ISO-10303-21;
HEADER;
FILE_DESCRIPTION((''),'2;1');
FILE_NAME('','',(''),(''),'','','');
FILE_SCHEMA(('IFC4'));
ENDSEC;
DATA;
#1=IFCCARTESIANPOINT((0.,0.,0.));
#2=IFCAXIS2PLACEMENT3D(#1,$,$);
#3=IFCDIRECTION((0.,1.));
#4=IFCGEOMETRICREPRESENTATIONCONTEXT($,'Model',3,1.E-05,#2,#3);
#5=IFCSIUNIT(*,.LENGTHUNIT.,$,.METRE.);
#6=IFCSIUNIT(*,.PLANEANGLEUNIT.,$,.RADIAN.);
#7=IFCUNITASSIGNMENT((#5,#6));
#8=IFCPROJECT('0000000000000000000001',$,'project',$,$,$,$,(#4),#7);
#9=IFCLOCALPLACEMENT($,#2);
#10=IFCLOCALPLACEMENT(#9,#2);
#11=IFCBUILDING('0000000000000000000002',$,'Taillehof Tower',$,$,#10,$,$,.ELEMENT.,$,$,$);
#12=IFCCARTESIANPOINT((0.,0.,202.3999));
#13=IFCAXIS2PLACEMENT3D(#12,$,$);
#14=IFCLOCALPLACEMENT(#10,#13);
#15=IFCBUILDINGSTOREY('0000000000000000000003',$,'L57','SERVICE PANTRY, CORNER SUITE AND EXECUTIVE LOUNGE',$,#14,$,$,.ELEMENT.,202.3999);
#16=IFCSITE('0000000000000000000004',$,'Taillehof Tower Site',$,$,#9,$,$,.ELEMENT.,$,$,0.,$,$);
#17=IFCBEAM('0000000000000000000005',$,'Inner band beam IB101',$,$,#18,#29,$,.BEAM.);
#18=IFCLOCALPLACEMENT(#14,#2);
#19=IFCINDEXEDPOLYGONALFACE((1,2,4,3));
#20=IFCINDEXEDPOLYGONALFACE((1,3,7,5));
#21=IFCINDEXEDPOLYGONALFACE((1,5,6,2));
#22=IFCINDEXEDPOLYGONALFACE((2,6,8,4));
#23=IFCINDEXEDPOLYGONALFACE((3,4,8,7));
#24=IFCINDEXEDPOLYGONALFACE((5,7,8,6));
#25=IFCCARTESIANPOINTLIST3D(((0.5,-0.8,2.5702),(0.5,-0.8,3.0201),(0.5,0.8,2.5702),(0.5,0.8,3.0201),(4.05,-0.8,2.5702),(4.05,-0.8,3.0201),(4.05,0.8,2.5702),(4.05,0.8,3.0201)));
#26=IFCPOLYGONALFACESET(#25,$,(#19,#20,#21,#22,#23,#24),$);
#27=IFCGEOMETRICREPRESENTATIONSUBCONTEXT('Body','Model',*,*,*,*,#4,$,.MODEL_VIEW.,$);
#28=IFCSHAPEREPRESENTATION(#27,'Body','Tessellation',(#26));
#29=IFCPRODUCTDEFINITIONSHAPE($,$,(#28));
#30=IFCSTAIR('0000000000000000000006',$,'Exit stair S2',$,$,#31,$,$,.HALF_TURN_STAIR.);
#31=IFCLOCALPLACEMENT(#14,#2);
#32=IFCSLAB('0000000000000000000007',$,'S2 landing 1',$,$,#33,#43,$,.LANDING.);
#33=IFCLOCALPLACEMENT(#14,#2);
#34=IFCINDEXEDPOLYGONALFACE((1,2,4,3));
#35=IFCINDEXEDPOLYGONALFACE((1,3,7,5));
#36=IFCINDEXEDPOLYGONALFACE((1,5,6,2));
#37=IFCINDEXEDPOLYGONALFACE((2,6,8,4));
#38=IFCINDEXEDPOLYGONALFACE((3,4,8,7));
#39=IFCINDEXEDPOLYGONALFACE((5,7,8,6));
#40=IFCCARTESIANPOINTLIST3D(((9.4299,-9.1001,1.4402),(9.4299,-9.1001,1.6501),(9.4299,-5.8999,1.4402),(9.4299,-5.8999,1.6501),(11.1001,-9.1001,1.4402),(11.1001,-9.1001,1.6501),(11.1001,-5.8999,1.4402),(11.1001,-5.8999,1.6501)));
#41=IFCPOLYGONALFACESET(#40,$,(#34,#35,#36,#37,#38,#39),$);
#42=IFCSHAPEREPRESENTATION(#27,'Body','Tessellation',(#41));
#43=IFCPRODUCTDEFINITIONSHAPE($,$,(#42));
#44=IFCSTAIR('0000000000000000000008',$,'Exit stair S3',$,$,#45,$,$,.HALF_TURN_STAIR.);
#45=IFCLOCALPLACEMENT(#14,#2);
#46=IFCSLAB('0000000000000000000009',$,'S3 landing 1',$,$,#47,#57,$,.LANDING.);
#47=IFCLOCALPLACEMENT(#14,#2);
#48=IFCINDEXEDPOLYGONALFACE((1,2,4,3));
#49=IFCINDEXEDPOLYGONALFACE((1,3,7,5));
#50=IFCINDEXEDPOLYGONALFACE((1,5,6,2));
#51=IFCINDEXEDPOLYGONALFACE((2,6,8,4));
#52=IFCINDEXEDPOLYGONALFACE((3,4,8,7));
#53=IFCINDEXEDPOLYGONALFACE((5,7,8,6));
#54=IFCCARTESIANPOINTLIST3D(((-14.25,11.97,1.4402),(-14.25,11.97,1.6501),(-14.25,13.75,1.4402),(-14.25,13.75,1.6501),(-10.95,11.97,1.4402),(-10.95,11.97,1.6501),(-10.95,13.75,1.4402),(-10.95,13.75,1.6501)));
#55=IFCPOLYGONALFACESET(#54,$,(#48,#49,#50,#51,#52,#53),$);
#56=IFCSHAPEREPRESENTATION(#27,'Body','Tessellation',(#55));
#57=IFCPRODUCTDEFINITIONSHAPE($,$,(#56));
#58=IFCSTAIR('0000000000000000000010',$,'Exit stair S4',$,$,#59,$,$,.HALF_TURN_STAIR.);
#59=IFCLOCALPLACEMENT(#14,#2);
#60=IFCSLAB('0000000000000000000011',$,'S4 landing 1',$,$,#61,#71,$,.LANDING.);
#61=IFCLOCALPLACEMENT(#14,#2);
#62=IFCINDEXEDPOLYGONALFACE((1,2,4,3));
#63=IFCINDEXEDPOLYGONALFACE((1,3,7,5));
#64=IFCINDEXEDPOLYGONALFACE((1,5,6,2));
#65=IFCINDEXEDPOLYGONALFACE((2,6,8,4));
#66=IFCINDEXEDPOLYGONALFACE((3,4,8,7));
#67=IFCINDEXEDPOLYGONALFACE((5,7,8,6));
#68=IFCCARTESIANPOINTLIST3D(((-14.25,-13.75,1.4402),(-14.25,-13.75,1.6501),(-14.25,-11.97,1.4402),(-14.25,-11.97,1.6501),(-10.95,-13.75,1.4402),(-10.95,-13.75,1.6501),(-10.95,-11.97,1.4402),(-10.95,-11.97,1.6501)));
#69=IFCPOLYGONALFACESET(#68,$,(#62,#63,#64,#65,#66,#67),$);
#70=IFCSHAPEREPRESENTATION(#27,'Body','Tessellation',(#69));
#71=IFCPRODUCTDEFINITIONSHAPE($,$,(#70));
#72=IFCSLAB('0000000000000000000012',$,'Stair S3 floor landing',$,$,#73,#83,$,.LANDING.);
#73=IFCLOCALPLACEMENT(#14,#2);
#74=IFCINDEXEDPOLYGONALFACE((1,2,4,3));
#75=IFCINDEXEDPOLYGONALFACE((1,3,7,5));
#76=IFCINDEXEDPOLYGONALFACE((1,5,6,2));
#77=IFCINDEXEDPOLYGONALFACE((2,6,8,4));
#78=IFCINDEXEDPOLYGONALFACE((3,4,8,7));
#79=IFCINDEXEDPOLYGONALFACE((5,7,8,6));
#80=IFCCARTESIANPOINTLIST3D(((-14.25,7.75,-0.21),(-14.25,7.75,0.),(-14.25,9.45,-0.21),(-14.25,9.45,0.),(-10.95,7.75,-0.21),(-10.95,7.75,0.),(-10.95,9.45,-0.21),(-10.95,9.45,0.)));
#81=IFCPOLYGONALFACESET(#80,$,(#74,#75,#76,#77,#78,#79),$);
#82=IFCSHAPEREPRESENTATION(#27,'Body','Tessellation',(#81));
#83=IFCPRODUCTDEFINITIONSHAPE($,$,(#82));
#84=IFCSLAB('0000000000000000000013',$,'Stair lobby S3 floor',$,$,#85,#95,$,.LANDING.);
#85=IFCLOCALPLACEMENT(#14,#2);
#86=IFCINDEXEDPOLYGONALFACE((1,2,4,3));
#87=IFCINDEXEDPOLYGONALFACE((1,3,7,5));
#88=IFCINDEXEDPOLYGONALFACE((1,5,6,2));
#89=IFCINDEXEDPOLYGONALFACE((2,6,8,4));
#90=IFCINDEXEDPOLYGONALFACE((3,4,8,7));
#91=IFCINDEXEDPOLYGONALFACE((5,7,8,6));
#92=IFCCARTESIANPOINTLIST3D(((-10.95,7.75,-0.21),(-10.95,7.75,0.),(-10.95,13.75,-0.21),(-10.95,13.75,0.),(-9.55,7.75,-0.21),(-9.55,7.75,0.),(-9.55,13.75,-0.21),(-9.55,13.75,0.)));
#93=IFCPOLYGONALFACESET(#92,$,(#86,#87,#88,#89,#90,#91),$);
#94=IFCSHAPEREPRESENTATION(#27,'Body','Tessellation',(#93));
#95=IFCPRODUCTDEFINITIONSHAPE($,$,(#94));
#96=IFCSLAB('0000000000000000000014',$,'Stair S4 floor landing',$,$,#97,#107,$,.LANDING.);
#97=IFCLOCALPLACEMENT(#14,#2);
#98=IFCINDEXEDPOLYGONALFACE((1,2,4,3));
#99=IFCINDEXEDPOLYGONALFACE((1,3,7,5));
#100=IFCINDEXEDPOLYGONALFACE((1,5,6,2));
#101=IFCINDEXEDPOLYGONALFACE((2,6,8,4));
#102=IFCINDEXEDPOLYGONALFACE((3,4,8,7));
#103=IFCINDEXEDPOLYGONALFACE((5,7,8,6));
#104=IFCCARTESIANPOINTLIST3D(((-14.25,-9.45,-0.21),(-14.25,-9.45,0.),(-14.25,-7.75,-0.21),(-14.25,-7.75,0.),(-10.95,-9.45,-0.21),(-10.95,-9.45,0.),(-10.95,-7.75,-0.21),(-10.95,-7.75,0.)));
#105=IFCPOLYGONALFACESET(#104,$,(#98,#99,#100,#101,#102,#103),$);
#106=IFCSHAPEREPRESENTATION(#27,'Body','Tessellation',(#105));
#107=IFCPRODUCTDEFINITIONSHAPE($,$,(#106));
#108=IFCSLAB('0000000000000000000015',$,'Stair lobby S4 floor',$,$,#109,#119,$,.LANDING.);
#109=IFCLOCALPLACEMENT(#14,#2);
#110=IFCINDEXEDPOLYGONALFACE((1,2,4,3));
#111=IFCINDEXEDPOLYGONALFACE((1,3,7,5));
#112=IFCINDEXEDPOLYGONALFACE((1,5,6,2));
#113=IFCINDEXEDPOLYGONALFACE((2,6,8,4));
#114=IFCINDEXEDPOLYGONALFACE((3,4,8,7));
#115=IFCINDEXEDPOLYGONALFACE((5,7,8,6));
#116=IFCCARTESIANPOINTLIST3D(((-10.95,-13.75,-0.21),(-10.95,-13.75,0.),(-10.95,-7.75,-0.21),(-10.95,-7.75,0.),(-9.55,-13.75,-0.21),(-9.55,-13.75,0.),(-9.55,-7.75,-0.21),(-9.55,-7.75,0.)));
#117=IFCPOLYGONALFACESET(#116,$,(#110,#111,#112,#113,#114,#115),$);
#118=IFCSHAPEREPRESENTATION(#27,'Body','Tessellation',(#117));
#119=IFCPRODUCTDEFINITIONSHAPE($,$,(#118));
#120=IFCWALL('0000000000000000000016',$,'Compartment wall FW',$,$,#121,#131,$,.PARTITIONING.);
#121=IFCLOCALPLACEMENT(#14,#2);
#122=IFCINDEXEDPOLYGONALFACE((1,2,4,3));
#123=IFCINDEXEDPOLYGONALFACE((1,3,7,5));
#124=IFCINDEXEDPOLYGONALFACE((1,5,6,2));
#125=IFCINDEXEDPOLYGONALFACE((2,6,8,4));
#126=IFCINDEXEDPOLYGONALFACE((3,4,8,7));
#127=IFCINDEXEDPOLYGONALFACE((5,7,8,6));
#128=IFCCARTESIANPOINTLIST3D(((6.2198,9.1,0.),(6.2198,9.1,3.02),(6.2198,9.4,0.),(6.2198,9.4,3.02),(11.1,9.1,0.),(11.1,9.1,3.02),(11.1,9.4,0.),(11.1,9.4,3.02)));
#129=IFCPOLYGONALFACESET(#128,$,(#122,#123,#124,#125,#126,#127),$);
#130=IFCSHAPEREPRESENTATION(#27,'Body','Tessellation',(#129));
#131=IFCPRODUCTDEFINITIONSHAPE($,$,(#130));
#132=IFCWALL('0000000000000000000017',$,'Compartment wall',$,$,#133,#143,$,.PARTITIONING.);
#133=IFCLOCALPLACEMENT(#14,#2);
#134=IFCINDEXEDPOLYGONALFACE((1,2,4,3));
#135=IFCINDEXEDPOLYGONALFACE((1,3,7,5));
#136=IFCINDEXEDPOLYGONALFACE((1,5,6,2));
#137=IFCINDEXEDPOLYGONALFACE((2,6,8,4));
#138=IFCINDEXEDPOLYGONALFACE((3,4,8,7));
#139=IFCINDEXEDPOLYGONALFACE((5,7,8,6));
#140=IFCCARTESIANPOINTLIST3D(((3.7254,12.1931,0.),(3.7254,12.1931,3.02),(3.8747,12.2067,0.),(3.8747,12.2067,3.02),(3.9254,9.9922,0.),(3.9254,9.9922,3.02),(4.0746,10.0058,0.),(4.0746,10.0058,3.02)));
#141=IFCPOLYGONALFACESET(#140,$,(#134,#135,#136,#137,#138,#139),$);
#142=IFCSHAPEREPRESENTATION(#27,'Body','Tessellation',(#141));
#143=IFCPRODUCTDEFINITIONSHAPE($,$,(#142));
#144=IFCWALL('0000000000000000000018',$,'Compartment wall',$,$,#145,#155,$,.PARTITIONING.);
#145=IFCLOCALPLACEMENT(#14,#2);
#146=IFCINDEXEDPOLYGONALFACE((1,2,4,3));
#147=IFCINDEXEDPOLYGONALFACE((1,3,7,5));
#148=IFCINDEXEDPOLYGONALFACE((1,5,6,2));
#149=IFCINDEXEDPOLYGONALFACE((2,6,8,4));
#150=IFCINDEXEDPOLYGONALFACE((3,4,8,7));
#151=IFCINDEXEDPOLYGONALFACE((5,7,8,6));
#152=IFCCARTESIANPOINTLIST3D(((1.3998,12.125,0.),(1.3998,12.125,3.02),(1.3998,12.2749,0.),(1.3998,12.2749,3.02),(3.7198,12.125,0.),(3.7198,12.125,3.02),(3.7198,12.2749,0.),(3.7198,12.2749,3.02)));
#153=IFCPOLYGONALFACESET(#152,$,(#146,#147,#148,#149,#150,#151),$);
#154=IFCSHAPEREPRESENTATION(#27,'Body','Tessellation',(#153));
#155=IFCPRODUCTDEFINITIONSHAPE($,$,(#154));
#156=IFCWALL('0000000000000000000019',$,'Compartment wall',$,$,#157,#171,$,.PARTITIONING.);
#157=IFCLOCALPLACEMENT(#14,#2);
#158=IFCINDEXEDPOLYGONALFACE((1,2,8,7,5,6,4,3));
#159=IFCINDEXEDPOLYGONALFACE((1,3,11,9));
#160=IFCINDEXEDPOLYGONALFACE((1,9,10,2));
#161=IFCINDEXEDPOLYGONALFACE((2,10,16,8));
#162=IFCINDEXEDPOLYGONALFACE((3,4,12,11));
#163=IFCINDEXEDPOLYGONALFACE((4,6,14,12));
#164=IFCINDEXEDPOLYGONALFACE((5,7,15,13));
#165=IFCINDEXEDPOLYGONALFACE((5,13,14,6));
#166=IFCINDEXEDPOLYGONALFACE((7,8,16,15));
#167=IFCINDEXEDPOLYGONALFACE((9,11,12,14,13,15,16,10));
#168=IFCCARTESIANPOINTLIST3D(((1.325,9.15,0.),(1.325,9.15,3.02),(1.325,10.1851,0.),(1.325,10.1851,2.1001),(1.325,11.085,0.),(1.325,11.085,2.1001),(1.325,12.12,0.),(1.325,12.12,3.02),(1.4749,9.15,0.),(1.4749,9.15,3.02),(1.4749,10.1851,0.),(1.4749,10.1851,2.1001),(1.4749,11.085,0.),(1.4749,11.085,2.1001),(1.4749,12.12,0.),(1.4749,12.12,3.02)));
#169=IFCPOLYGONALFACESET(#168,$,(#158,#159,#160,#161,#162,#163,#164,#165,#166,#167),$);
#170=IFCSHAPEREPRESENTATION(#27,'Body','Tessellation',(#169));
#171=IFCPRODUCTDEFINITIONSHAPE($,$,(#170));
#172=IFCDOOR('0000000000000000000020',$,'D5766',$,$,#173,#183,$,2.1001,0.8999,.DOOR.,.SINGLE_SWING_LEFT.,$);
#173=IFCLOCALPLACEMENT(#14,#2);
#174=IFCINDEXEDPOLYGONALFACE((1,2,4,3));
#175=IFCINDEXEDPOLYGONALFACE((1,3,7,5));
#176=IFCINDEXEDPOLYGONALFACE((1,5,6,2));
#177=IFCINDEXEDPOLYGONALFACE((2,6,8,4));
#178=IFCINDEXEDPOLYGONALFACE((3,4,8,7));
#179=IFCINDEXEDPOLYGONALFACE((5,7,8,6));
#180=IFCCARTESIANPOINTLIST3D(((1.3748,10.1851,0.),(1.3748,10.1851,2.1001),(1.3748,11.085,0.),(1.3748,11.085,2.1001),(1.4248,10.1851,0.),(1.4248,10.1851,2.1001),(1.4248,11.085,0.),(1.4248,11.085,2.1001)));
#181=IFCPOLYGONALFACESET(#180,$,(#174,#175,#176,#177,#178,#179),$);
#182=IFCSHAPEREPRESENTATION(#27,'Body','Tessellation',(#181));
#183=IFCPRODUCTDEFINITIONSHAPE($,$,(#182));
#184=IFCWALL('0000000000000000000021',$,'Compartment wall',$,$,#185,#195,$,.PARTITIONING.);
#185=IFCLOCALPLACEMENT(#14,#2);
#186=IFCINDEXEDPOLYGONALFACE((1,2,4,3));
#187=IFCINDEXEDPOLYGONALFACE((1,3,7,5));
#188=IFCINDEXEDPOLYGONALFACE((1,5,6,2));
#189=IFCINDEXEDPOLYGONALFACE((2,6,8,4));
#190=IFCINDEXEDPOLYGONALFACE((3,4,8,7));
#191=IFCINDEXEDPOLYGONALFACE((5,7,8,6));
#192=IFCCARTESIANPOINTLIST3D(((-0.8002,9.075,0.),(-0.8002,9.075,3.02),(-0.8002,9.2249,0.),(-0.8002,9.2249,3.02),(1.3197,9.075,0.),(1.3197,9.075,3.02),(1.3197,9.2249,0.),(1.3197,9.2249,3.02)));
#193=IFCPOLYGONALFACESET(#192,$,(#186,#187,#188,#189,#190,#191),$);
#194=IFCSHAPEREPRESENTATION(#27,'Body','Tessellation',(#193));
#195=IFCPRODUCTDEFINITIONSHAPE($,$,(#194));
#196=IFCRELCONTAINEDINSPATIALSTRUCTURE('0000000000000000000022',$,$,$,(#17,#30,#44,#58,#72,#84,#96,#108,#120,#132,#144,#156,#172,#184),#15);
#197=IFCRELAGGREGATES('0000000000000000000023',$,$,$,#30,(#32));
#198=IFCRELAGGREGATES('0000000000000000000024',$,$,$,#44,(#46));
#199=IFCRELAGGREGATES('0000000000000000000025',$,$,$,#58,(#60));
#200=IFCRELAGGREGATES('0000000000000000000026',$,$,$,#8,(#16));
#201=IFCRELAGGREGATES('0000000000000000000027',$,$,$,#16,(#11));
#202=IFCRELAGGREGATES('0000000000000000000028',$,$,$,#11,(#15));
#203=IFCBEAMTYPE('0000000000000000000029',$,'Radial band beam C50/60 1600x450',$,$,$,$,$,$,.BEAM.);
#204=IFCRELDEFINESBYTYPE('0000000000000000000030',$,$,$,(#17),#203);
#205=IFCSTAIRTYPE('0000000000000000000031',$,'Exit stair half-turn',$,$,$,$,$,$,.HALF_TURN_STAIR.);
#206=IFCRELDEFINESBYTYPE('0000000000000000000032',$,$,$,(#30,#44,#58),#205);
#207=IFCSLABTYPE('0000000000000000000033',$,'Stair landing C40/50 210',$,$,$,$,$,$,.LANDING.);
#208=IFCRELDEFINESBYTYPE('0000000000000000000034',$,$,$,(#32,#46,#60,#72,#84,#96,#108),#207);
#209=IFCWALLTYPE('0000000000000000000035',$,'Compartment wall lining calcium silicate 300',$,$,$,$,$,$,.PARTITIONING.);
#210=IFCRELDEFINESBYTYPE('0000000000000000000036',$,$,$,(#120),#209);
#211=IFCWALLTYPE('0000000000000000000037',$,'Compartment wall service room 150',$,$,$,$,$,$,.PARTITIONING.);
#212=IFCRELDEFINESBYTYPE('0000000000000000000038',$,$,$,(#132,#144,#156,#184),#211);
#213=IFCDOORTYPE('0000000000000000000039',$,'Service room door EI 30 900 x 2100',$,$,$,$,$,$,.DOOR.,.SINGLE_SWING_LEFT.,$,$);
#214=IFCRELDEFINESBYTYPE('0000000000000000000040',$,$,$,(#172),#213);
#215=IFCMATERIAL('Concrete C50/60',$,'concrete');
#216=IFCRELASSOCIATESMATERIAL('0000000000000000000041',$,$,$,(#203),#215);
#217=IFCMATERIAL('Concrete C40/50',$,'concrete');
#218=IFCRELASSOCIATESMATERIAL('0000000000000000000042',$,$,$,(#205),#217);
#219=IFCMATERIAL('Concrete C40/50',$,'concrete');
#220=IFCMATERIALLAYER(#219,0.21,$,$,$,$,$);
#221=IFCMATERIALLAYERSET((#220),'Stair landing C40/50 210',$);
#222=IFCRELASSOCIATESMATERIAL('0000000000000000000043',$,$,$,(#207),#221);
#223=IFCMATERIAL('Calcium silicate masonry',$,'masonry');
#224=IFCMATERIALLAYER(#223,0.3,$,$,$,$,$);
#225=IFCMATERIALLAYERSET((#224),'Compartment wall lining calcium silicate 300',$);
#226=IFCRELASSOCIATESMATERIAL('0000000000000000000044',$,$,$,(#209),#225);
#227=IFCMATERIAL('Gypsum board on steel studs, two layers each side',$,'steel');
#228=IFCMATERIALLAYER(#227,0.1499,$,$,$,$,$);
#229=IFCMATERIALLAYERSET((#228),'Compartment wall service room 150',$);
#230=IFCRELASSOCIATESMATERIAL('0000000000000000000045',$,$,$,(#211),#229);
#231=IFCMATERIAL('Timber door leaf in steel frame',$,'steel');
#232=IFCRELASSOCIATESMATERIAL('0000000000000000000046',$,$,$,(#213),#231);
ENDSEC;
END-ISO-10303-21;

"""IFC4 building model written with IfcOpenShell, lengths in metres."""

from ifc_helpers import new_model, si_unit, direction, frame, frame_2d, origin, origin_2d, place, context, subcontext, project, spatial, polyline, rectangle, outline, extrude, material, layer, layer_set, material_profile, profile_set, type_object, element, fill, aggregate, save


model = new_model("IFC4")

# Units and contexts
model_context = context("Model", 3, precision=1e-05, world=origin(), true_north=direction((0.0, 1.0)))
body_context = subcontext(model_context, "Body", "Model", "MODEL_VIEW")
ifc_project = project(units=[si_unit("LENGTHUNIT", "METRE"), si_unit("PLANEANGLEUNIT", "RADIAN")], contexts=[model_context])

# Site, building, storey
site_placement = place(None, origin())
site = spatial("IfcSite", under=ifc_project, at=site_placement, Name="Taillehof Tower Site", CompositionType="ELEMENT", RefElevation=0.0)
building_placement = place(site_placement, origin())
building = spatial("IfcBuilding", under=site, at=building_placement, Name="Taillehof Tower", CompositionType="ELEMENT")
storey_placement = place(building_placement, frame((0.0, 0.0, 202.3999)))
storey = spatial("IfcBuildingStorey", under=building, at=storey_placement, Name="L57", Description="SERVICE PANTRY, CORNER SUITE AND EXECUTIVE LOUNGE", CompositionType="ELEMENT", Elevation=202.3999)

# Beam
ifc_material_1 = material(Name="Concrete C50/60", Category="concrete")
ifc_material_profile = material_profile(ifc_material_1, rectangle(XDim=1.6001, YDim=0.45, at=origin_2d()), Name="RC 1600x450")
ifc_profile_set = profile_set([ifc_material_profile], Name="Concrete C50/60")
beam_type = type_object("IfcBeamType", Name="Radial band beam C50/60 1600x450", PredefinedType="BEAM", material=ifc_profile_set)
beam_placement = place(storey_placement, frame((0.5, 0.0, 2.7952), z_axis=(1.0, 0.0, 0.0), x_axis=(0.0, 1.0, 0.0)))
element("IfcBeam", 1, at=beam_placement, inside=storey, type_object=beam_type, Name="Inner band beam IB101", PredefinedType="BEAM", context=body_context, shape_type="SweptSolid", body=[
    extrude(rectangle(XDim=1.6001, YDim=0.45, at=origin_2d()), origin(), (0.0, 0.0, 1.0), 3.55),
])

# Stairs, slabs
ifc_material_2 = material(Name="Concrete C40/50", Category="concrete")
stair_type = type_object("IfcStairType", Name="Exit stair half-turn", PredefinedType="HALF_TURN_STAIR", material=ifc_material_2)
stair_1_placement = place(storey_placement, origin())
stair_1 = element("IfcStair", 2, at=stair_1_placement, inside=storey, type_object=stair_type, Name="Exit stair S2", PredefinedType="HALF_TURN_STAIR")
ifc_material_3 = material(Name="Concrete C40/50", Category="concrete")
ifc_layer_1 = layer(ifc_material_3, 0.21)
ifc_layer_set_1 = layer_set([ifc_layer_1], Name="Stair landing C40/50 210")
slab_type = type_object("IfcSlabType", Name="Stair landing C40/50 210", PredefinedType="LANDING", material=ifc_layer_set_1)
slab_1_placement = place(storey_placement, frame((0.0, 0.0, 1.4402)))
slab_1 = element("IfcSlab", 3, at=slab_1_placement, type_object=slab_type, Name="S2 landing 1", PredefinedType="LANDING", context=body_context, shape_type="SweptSolid", body=[
    extrude(outline(polyline([(9.4299, -5.8999), (11.1001, -5.8999), (11.1001, -9.1001), (9.4299, -9.1001), (9.4299, -5.8999)])), origin(), (0.0, 0.0, 1.0), 0.21),
])
aggregate(stair_1, [slab_1])
stair_2_placement = place(storey_placement, origin())
stair_2 = element("IfcStair", 4, at=stair_2_placement, inside=storey, type_object=stair_type, Name="Exit stair S3", PredefinedType="HALF_TURN_STAIR")
slab_2_placement = place(storey_placement, frame((0.0, 0.0, 1.4402)))
slab_2 = element("IfcSlab", 5, at=slab_2_placement, type_object=slab_type, Name="S3 landing 1", PredefinedType="LANDING", context=body_context, shape_type="SweptSolid", body=[
    extrude(outline(polyline([(-14.25, 11.97), (-14.25, 13.75), (-10.95, 13.75), (-10.95, 11.97), (-14.25, 11.97)])), origin(), (0.0, 0.0, 1.0), 0.21),
])
aggregate(stair_2, [slab_2])
stair_3_placement = place(storey_placement, origin())
stair_3 = element("IfcStair", 6, at=stair_3_placement, inside=storey, type_object=stair_type, Name="Exit stair S4", PredefinedType="HALF_TURN_STAIR")
slab_3_placement = place(storey_placement, frame((0.0, 0.0, 1.4402)))
slab_3 = element("IfcSlab", 7, at=slab_3_placement, type_object=slab_type, Name="S4 landing 1", PredefinedType="LANDING", context=body_context, shape_type="SweptSolid", body=[
    extrude(outline(polyline([(-14.25, -11.97), (-14.25, -13.75), (-10.95, -13.75), (-10.95, -11.97), (-14.25, -11.97)])), origin(), (0.0, 0.0, 1.0), 0.21),
])
aggregate(stair_3, [slab_3])

# Slabs
slab_4_placement = place(storey_placement, frame((0.0, 0.0, -0.21)))
element("IfcSlab", 8, at=slab_4_placement, inside=storey, type_object=slab_type, Name="Stair S3 floor landing", PredefinedType="LANDING", context=body_context, shape_type="SweptSolid", body=[
    extrude(outline(polyline([(-14.25, 7.75), (-14.25, 9.45), (-10.95, 9.45), (-10.95, 7.75), (-14.25, 7.75)])), origin(), (0.0, 0.0, 1.0), 0.21),
])
slab_5_placement = place(storey_placement, frame((0.0, 0.0, -0.21)))
element("IfcSlab", 9, at=slab_5_placement, inside=storey, type_object=slab_type, Name="Stair lobby S3 floor", PredefinedType="LANDING", context=body_context, shape_type="SweptSolid", body=[
    extrude(outline(polyline([(-10.95, 7.75), (-9.55, 7.75), (-9.55, 13.75), (-10.95, 13.75), (-10.95, 7.75)])), origin(), (0.0, 0.0, 1.0), 0.21),
])
slab_6_placement = place(storey_placement, frame((0.0, 0.0, -0.21)))
element("IfcSlab", 10, at=slab_6_placement, inside=storey, type_object=slab_type, Name="Stair S4 floor landing", PredefinedType="LANDING", context=body_context, shape_type="SweptSolid", body=[
    extrude(outline(polyline([(-14.25, -7.75), (-14.25, -9.45), (-10.95, -9.45), (-10.95, -7.75), (-14.25, -7.75)])), origin(), (0.0, 0.0, 1.0), 0.21),
])
slab_7_placement = place(storey_placement, frame((0.0, 0.0, -0.21)))
element("IfcSlab", 11, at=slab_7_placement, inside=storey, type_object=slab_type, Name="Stair lobby S4 floor", PredefinedType="LANDING", context=body_context, shape_type="SweptSolid", body=[
    extrude(outline(polyline([(-10.95, -13.75), (-9.55, -13.75), (-9.55, -7.75), (-10.95, -7.75), (-10.95, -13.75)])), origin(), (0.0, 0.0, 1.0), 0.21),
])

# Walls
ifc_material_4 = material(Name="Calcium silicate masonry", Category="masonry")
ifc_layer_2 = layer(ifc_material_4, 0.3)
ifc_layer_set_2 = layer_set([ifc_layer_2], Name="Compartment wall lining calcium silicate 300")
wall_type_1 = type_object("IfcWallType", Name="Compartment wall lining calcium silicate 300", PredefinedType="PARTITIONING", material=ifc_layer_set_2)
wall_1_placement = place(storey_placement, frame((6.22, 9.25, 0.0), z_axis=(0.0, 0.0, 1.0), x_axis=(1.0, 0.0, 0.0)))
element("IfcWall", 12, at=wall_1_placement, inside=storey, type_object=wall_type_1, Name="Compartment wall FW", PredefinedType="PARTITIONING", context=body_context, shape_type="SweptSolid", body=[
    extrude(rectangle(XDim=4.8801, YDim=0.3, at=frame_2d((2.4399, 0.0))), origin(), (0.0, 0.0, 1.0), 3.02),
])
ifc_material_5 = material(Name="Gypsum board on steel studs, two layers each side", Category="steel")
ifc_layer_3 = layer(ifc_material_5, 0.1499)
ifc_layer_set_3 = layer_set([ifc_layer_3], Name="Compartment wall service room 150")
wall_type_2 = type_object("IfcWallType", Name="Compartment wall service room 150", PredefinedType="PARTITIONING", material=ifc_layer_set_3)
wall_2_placement = place(storey_placement, frame((4.0, 9.999, 0.0), z_axis=(0.0, 0.0, 1.0), x_axis=(-0.090476, 0.995899, 0.0)))
element("IfcWall", 13, at=wall_2_placement, inside=storey, type_object=wall_type_2, Name="Compartment wall", PredefinedType="PARTITIONING", context=body_context, shape_type="SweptSolid", body=[
    extrude(rectangle(XDim=2.21, YDim=0.1499, at=frame_2d((1.105, 0.0))), origin(), (0.0, 0.0, 1.0), 3.02),
])
wall_3_placement = place(storey_placement, frame((3.72, 12.2, 0.0), z_axis=(0.0, 0.0, 1.0), x_axis=(-1.0, 0.0, 0.0)))
element("IfcWall", 14, at=wall_3_placement, inside=storey, type_object=wall_type_2, Name="Compartment wall", PredefinedType="PARTITIONING", context=body_context, shape_type="SweptSolid", body=[
    extrude(rectangle(XDim=2.3201, YDim=0.1499, at=frame_2d((1.1602, 0.0))), origin(), (0.0, 0.0, 1.0), 3.02),
])

# Wall, opening, door
wall_4_placement = place(storey_placement, frame((1.3999, 12.1199, 0.0), z_axis=(0.0, 0.0, 1.0), x_axis=(0.0, -1.0, 0.0)))
wall_4 = element("IfcWall", 15, at=wall_4_placement, inside=storey, type_object=wall_type_2, Name="Compartment wall", PredefinedType="PARTITIONING", context=body_context, shape_type="SweptSolid", body=[
    extrude(rectangle(XDim=2.97, YDim=0.1499, at=frame_2d((1.4849, 0.0))), origin(), (0.0, 0.0, 1.0), 3.02),
])
opening_1_placement = place(wall_4_placement, frame((1.0349, 0.0, 0.0)))
opening_1 = element("IfcOpeningElement", 16, at=opening_1_placement, cuts=wall_4, PredefinedType="OPENING", context=body_context, shape_type="SweptSolid", body=[
    extrude(rectangle(XDim=0.8999, YDim=2.1001, at=frame_2d((0.45, 1.05))), frame((0.0, 0.085, 0.0), z_axis=(0.0, -1.0, 0.0), x_axis=(1.0, 0.0, 0.0)), (0.0, 0.0, 1.0), 0.1699),
])
ifc_material_6 = material(Name="Timber door leaf in steel frame", Category="steel")
door_type_1 = type_object("IfcDoorType", Name="Service room door EI 30 900 x 2100", OperationType="SINGLE_SWING_LEFT", PredefinedType="DOOR", material=ifc_material_6)
door_1_placement = place(opening_1_placement, origin())
door_1 = element("IfcDoor", 17, at=door_1_placement, inside=storey, type_object=door_type_1, Name="D5766", OperationType="SINGLE_SWING_LEFT", OverallHeight=2.1001, OverallWidth=0.8999, PredefinedType="DOOR", context=body_context, shape_type="SweptSolid", body=[
    extrude(rectangle(XDim=0.8999, YDim=2.1001, at=frame_2d((0.45, 1.05))), frame((0.0, 0.0249, 0.0), z_axis=(0.0, -1.0, 0.0), x_axis=(1.0, 0.0, 0.0)), (0.0, 0.0, 1.0), 0.05),
])
fill(opening_1, door_1)

# Wall
wall_5_placement = place(storey_placement, frame((1.3198, 9.1499, 0.0), z_axis=(0.0, 0.0, 1.0), x_axis=(-1.0, 0.0, 0.0)))
element("IfcWall", 18, at=wall_5_placement, inside=storey, type_object=wall_type_2, Name="Compartment wall", PredefinedType="PARTITIONING", context=body_context, shape_type="SweptSolid", body=[
    extrude(rectangle(XDim=2.1199, YDim=0.1499, at=frame_2d((1.0601, 0.0))), origin(), (0.0, 0.0, 1.0), 3.02),
])

save(model, "model.ifc")
